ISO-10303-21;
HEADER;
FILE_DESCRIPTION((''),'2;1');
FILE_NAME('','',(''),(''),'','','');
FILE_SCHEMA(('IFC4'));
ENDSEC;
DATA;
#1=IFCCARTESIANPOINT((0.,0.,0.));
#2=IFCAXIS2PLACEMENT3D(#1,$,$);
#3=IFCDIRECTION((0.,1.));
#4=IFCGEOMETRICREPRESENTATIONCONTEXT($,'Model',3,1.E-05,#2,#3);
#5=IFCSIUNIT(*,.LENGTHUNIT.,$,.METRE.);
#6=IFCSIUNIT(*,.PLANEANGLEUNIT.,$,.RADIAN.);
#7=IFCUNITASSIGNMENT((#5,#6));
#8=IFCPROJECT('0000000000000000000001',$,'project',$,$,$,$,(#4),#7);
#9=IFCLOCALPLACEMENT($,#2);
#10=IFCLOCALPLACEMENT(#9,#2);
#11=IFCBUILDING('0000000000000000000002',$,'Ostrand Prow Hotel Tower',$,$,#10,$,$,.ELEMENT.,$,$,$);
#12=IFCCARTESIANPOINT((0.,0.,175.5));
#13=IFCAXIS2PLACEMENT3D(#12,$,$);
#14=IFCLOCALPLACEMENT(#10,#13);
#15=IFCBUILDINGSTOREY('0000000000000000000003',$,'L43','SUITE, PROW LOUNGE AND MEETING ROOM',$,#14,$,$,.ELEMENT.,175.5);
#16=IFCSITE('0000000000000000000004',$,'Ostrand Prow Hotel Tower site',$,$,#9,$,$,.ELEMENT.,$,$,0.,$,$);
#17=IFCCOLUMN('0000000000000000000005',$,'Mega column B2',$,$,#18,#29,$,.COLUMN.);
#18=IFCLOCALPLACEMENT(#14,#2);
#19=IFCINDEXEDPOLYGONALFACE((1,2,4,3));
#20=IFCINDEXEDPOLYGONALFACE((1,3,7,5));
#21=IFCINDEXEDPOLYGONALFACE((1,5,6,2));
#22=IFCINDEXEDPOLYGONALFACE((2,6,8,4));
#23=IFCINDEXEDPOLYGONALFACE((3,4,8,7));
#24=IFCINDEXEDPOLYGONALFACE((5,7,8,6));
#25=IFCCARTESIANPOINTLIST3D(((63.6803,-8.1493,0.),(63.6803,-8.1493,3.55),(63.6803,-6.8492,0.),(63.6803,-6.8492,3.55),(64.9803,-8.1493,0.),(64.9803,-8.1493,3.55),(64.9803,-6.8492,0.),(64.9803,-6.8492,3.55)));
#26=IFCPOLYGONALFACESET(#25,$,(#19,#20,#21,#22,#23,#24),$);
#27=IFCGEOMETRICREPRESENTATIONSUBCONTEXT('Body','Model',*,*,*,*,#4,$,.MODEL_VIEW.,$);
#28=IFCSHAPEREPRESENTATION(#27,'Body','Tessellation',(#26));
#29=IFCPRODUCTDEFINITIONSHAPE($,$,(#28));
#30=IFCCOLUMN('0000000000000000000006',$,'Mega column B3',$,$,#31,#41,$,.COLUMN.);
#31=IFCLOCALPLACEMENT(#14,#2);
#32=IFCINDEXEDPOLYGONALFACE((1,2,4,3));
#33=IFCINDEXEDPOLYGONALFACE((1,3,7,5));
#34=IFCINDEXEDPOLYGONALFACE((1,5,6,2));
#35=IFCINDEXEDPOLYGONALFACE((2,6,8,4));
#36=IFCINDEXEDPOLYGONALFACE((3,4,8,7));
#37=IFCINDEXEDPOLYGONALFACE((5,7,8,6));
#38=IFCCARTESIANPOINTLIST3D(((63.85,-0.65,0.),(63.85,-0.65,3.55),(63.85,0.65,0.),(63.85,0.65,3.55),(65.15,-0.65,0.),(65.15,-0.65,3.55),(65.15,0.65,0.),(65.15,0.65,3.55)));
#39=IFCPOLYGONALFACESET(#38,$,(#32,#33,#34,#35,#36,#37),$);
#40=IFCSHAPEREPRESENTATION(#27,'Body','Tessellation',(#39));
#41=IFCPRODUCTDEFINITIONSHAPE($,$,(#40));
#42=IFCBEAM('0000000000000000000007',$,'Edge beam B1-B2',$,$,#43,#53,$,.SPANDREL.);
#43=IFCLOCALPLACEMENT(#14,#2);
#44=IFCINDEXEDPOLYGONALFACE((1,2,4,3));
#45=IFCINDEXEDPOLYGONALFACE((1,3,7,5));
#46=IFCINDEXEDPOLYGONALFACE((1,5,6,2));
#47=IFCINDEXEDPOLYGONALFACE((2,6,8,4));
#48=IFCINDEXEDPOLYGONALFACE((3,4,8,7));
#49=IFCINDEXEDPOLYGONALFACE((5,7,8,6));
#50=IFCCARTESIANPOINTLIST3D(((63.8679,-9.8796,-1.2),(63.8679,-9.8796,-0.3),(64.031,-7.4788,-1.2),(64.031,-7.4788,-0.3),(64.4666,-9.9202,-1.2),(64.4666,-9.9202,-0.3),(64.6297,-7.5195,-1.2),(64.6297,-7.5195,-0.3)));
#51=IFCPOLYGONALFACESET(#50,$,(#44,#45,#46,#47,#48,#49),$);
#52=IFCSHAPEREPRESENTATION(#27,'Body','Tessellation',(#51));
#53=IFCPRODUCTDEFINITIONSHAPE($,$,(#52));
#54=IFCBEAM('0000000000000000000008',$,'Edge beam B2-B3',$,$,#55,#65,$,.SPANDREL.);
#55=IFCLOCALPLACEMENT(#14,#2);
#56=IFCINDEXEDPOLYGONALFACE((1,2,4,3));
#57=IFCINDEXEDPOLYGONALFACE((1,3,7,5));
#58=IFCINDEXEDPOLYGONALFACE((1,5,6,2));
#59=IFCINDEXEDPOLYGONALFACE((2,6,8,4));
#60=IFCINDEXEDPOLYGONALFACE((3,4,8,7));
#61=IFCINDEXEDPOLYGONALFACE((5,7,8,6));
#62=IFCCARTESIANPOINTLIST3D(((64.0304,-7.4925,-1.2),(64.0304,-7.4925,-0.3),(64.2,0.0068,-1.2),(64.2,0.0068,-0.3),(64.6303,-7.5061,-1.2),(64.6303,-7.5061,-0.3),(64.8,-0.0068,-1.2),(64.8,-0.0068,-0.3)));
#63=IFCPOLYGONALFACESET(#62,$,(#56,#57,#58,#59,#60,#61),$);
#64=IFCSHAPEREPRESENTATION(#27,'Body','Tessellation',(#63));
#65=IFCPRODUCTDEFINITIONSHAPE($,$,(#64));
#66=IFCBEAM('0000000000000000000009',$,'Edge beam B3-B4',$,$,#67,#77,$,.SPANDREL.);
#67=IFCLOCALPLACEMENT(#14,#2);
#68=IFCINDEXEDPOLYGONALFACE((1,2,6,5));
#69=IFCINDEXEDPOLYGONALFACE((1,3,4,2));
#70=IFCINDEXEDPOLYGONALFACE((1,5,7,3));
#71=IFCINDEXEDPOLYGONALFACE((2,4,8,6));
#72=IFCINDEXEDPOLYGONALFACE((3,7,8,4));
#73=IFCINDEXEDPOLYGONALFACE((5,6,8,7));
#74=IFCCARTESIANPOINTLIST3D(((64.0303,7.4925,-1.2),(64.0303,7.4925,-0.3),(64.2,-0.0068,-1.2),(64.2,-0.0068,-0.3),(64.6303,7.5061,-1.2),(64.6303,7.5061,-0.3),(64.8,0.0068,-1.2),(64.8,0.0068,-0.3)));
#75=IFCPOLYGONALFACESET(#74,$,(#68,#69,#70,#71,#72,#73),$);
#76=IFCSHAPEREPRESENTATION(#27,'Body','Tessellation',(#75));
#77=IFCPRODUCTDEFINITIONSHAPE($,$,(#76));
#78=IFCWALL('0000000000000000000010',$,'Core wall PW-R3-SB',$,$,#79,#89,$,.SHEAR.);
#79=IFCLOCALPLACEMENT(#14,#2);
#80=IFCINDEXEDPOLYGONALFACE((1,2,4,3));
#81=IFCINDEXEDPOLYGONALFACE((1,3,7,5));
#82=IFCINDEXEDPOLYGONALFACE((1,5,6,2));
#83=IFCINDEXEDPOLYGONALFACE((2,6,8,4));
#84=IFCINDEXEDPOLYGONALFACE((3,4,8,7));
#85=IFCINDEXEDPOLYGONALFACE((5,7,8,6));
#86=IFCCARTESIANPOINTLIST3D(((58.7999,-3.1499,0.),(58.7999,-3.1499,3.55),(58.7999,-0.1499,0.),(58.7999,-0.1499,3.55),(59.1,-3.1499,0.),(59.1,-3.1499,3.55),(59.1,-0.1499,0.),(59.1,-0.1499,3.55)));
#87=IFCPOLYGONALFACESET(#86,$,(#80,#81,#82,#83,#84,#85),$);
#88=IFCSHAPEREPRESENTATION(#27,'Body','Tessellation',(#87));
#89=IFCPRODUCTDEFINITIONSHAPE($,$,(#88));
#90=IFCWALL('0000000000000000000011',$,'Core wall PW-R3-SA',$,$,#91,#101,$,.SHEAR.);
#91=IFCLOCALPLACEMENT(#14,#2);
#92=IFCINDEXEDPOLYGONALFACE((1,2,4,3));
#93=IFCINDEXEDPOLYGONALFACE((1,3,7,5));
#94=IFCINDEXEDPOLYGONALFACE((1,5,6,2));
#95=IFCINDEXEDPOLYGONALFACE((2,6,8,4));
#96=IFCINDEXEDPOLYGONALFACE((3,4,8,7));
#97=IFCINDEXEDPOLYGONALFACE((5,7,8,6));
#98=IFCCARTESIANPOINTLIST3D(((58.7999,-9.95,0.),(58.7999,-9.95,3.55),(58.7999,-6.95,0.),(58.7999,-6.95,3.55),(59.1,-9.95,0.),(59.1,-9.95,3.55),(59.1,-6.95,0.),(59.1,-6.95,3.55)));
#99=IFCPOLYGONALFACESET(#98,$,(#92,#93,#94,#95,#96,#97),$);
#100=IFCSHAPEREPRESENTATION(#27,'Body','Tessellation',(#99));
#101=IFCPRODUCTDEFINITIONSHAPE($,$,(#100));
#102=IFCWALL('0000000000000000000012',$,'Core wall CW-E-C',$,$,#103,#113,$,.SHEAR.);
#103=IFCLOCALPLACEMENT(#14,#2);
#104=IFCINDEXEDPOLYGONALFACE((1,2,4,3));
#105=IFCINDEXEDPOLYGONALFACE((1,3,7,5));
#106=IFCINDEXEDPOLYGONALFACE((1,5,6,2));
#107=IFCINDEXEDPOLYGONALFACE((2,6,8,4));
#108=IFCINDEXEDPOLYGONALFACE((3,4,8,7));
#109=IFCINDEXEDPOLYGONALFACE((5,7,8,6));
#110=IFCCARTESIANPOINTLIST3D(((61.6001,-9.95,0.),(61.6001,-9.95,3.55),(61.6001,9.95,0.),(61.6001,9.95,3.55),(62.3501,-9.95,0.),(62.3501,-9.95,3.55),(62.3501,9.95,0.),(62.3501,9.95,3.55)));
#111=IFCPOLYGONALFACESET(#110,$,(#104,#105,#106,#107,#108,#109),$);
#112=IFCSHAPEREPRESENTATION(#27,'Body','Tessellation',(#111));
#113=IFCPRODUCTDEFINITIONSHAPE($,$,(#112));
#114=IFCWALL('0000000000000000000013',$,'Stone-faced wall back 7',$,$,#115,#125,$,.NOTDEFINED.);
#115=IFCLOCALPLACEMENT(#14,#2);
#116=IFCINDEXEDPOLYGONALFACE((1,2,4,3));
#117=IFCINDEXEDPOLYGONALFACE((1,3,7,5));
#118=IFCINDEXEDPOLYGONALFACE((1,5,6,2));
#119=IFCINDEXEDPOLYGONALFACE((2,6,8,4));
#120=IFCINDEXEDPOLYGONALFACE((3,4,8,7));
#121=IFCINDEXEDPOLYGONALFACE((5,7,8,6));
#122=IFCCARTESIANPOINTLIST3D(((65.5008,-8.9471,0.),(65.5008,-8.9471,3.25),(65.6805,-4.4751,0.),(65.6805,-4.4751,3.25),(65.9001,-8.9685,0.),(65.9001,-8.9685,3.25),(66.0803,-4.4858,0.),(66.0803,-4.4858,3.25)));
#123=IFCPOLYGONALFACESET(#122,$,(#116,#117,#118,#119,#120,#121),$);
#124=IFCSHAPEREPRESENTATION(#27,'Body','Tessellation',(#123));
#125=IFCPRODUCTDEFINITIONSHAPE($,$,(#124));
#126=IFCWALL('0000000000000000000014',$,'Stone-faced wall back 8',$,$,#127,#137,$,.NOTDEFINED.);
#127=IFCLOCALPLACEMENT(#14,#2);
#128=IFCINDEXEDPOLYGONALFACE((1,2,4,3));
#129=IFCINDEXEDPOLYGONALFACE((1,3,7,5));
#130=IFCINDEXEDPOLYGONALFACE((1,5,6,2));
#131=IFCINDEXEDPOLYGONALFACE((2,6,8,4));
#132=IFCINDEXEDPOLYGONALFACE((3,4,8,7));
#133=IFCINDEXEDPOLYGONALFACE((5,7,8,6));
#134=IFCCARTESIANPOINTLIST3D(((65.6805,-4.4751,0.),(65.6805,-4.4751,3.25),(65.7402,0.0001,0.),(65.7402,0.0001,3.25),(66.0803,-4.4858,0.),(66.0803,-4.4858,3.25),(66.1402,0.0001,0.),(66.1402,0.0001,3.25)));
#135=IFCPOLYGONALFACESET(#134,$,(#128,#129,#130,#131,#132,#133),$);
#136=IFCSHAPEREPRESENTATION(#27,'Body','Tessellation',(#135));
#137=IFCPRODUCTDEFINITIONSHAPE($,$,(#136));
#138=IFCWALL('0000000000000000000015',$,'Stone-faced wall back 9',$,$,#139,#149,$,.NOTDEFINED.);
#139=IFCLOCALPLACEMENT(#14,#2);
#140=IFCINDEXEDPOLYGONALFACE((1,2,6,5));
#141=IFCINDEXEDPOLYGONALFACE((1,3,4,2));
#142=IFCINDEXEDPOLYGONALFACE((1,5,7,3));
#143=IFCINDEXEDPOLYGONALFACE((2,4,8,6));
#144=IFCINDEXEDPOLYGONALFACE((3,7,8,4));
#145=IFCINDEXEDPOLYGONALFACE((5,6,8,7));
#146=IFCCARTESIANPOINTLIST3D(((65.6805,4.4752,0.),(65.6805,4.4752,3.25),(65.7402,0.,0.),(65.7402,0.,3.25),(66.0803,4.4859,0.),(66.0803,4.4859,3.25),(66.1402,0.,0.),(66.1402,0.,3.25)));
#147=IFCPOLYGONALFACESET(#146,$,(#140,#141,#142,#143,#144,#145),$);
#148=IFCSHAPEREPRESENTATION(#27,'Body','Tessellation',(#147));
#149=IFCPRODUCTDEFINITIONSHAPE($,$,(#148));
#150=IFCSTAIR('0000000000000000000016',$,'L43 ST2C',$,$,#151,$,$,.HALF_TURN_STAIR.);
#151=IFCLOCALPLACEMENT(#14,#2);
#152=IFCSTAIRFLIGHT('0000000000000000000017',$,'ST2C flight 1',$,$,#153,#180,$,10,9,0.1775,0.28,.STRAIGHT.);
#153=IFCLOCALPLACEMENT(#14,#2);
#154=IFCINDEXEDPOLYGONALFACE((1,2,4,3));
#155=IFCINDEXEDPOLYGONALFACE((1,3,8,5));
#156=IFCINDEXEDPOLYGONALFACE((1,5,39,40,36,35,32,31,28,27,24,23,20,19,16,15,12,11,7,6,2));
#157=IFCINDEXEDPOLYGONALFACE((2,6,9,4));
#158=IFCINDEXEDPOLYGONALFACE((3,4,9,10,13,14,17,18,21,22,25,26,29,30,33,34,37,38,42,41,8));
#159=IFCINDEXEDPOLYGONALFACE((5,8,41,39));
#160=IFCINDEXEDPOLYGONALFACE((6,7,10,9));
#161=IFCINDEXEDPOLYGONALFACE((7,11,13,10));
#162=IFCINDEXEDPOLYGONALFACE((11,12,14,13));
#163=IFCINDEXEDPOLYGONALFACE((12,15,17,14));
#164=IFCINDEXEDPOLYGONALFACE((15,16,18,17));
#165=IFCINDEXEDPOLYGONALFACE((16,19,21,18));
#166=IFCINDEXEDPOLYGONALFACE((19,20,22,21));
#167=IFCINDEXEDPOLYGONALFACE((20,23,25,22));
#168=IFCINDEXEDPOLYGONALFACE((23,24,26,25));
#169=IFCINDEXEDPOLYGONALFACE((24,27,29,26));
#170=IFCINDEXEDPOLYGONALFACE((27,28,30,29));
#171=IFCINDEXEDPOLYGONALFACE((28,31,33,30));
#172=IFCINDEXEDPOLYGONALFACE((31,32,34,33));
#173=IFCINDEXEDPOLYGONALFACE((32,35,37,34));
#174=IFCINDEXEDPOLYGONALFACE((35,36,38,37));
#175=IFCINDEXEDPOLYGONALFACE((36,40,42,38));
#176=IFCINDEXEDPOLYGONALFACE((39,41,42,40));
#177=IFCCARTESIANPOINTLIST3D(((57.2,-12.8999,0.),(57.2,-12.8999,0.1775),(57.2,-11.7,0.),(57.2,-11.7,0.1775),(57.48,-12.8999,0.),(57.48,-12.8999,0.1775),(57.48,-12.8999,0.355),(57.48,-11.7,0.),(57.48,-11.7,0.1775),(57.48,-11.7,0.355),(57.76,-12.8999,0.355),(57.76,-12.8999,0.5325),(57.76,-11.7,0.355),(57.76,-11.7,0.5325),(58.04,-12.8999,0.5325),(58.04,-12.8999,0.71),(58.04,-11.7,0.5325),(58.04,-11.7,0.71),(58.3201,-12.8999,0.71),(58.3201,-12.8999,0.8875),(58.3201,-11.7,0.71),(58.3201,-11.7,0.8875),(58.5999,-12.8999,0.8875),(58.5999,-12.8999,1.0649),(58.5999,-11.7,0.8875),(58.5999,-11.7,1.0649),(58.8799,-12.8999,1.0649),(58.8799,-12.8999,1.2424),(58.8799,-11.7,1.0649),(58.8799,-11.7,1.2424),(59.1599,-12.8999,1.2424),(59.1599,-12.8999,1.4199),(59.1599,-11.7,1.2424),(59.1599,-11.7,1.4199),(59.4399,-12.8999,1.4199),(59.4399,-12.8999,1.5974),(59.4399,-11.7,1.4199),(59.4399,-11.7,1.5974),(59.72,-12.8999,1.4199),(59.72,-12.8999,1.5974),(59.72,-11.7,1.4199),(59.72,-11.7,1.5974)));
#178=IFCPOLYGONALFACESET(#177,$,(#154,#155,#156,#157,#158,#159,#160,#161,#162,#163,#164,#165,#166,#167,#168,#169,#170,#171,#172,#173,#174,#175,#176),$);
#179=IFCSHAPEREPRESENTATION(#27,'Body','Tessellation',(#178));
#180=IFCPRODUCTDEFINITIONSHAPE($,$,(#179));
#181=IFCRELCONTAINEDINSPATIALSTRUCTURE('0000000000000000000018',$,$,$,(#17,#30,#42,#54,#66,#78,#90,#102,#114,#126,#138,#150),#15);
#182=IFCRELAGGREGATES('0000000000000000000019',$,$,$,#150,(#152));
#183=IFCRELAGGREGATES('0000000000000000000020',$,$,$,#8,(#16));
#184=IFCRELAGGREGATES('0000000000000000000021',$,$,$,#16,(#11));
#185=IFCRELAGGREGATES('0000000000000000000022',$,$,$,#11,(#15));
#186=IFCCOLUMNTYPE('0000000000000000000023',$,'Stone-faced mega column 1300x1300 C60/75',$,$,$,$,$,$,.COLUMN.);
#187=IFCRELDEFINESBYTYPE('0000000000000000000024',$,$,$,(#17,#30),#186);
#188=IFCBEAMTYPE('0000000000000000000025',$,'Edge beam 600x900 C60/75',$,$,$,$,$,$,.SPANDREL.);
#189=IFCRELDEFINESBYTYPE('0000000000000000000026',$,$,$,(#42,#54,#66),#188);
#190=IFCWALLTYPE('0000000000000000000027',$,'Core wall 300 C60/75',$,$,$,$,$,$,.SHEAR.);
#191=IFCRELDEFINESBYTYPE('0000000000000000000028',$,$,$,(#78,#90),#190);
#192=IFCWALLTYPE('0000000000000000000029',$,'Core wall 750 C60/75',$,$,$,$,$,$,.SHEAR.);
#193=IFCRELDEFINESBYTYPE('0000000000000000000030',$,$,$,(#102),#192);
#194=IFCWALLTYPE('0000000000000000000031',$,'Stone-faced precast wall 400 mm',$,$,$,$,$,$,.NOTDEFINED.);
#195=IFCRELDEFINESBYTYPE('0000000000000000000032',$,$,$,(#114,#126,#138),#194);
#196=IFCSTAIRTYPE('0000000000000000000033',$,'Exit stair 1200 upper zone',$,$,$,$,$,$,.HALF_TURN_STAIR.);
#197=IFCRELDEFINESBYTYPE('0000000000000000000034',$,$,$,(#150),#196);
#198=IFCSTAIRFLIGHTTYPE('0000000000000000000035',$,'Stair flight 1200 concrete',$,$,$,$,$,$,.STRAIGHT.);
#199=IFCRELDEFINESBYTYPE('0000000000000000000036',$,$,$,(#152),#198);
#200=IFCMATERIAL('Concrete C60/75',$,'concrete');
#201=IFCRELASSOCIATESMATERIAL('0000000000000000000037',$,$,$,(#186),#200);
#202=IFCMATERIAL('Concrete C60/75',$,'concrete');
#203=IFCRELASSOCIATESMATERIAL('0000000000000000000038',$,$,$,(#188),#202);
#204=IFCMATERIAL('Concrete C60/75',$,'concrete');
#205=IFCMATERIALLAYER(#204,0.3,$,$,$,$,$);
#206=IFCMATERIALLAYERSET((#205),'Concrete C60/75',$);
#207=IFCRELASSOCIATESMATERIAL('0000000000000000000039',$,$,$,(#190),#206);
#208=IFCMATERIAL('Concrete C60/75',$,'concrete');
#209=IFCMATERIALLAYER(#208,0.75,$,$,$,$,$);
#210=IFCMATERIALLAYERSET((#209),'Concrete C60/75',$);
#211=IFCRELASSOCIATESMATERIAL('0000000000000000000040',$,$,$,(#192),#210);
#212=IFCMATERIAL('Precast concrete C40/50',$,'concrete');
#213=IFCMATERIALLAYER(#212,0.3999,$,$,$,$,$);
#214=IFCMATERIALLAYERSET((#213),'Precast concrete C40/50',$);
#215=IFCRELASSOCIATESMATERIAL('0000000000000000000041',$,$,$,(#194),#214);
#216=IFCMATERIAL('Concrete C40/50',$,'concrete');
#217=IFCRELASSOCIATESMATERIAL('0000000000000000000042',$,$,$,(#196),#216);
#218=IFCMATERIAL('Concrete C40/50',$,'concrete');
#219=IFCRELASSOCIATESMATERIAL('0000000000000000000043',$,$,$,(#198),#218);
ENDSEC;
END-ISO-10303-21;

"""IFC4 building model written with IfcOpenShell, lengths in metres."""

from ifc_helpers import new_model, si_unit, direction, frame, frame_2d, origin, origin_2d, place, context, subcontext, project, spatial, polyline, rectangle, outline, extrude, material, layer, layer_set, material_profile, profile_set, type_object, element, aggregate, save


model = new_model("IFC4")

# Units and contexts
model_context = context("Model", 3, precision=1e-05, world=origin(), true_north=direction((0.0, 1.0)))
body_context = subcontext(model_context, "Body", "Model", "MODEL_VIEW")
ifc_project = project(units=[si_unit("LENGTHUNIT", "METRE"), si_unit("PLANEANGLEUNIT", "RADIAN")], contexts=[model_context])

# Site, building, storey
site_placement = place(None, origin())
site = spatial("IfcSite", under=ifc_project, at=site_placement, Name="Ostrand Prow Hotel Tower site", CompositionType="ELEMENT", RefElevation=0.0)
building_placement = place(site_placement, origin())
building = spatial("IfcBuilding", under=site, at=building_placement, Name="Ostrand Prow Hotel Tower", CompositionType="ELEMENT")
storey_placement = place(building_placement, frame((0.0, 0.0, 175.5)))
storey = spatial("IfcBuildingStorey", under=building, at=storey_placement, Name="L43", Description="SUITE, PROW LOUNGE AND MEETING ROOM", CompositionType="ELEMENT", Elevation=175.5)

# Columns
ifc_material_1 = material(Name="Concrete C60/75", Category="concrete")
ifc_material_profile_1 = material_profile(ifc_material_1, rectangle(XDim=1.3, YDim=1.3, at=origin_2d()), Name="RC 1300x1300")
ifc_profile_set_1 = profile_set([ifc_material_profile_1], Name="Concrete C60/75")
column_type = type_object("IfcColumnType", Name="Stone-faced mega column 1300x1300 C60/75", PredefinedType="COLUMN", material=ifc_profile_set_1)
for number, where, z_axis, x_axis, name in (
    (1, (64.3303, -7.4993, 0.0), (0.0, 0.0, 1.0), (1.0, 0.0, 0.0), "Mega column B2"),
    (2, (64.5, 0.0, 0.0), (0.0, 0.0, 1.0), (1.0, 0.0, 0.0), "Mega column B3"),
):
    element("IfcColumn", number, at=place(storey_placement, frame(where, z_axis=z_axis, x_axis=x_axis)), inside=storey, type_object=column_type, Name=name, PredefinedType="COLUMN", context=body_context, shape_type="SweptSolid", body=[
        extrude(rectangle(XDim=1.3, YDim=1.3, at=origin_2d()), origin(), (0.0, 0.0, 1.0), 3.55),
    ])

# Beams
ifc_material_2 = material(Name="Concrete C60/75", Category="concrete")
ifc_material_profile_2 = material_profile(ifc_material_2, rectangle(XDim=0.6001, YDim=0.8999, at=origin_2d()), Name="RC 600x900")
ifc_profile_set_2 = profile_set([ifc_material_profile_2], Name="Concrete C60/75")
beam_type = type_object("IfcBeamType", Name="Edge beam 600x900 C60/75", PredefinedType="SPANDREL", material=ifc_profile_set_2)
beam_placement = place(storey_placement, frame((64.1672, -9.8999, -0.75), z_axis=(0.067778, 0.9977, 0.0), x_axis=(-0.9977, 0.067778, 0.0)))
element("IfcBeam", 3, at=beam_placement, inside=storey, type_object=beam_type, Name="Edge beam B1-B2", PredefinedType="SPANDREL", context=body_context, shape_type="SweptSolid", body=[
    extrude(rectangle(XDim=0.6001, YDim=0.8999, at=origin_2d()), origin(), (0.0, 0.0, 1.0), 2.4062),
])
for number, where, z_axis, x_axis, name in (
    (4, (64.3303, -7.4993, -0.75), (0.02262, 0.999744, 0.0), (-0.999744, 0.02262, 0.0), "Edge beam B2-B3"),
    (5, (64.5, 0.0, -0.75), (-0.02262, 0.999744, 0.0), (-0.999744, -0.02262, 0.0), "Edge beam B3-B4"),
):
    element("IfcBeam", number, at=place(storey_placement, frame(where, z_axis=z_axis, x_axis=x_axis)), inside=storey, type_object=beam_type, Name=name, PredefinedType="SPANDREL", context=body_context, shape_type="SweptSolid", body=[
        extrude(rectangle(XDim=0.6001, YDim=0.8999, at=origin_2d()), origin(), (0.0, 0.0, 1.0), 7.5012),
    ])

# Walls
ifc_material_3 = material(Name="Concrete C60/75", Category="concrete")
ifc_layer_1 = layer(ifc_material_3, 0.3)
ifc_layer_set_1 = layer_set([ifc_layer_1], Name="Concrete C60/75")
wall_type_1 = type_object("IfcWallType", Name="Core wall 300 C60/75", PredefinedType="SHEAR", material=ifc_layer_set_1)
for number, where, z_axis, x_axis, name in (
    (6, (58.95, -3.1499, 0.0), (0.0, 0.0, 1.0), (0.0, 1.0, 0.0), "Core wall PW-R3-SB"),
    (7, (58.95, -9.95, 0.0), (0.0, 0.0, 1.0), (0.0, 1.0, 0.0), "Core wall PW-R3-SA"),
):
    element("IfcWall", number, at=place(storey_placement, frame(where, z_axis=z_axis, x_axis=x_axis)), inside=storey, type_object=wall_type_1, Name=name, PredefinedType="SHEAR", context=body_context, shape_type="SweptSolid", body=[
        extrude(rectangle(XDim=3.0, YDim=0.3, at=frame_2d((1.5, 0.0))), origin(), (0.0, 0.0, 1.0), 3.55),
    ])
ifc_material_4 = material(Name="Concrete C60/75", Category="concrete")
ifc_layer_2 = layer(ifc_material_4, 0.75)
ifc_layer_set_2 = layer_set([ifc_layer_2], Name="Concrete C60/75")
wall_type_2 = type_object("IfcWallType", Name="Core wall 750 C60/75", PredefinedType="SHEAR", material=ifc_layer_set_2)
wall_placement = place(storey_placement, frame((61.9751, -9.95, 0.0), z_axis=(0.0, 0.0, 1.0), x_axis=(0.0, 1.0, 0.0)))
element("IfcWall", 8, at=wall_placement, inside=storey, type_object=wall_type_2, Name="Core wall CW-E-C", PredefinedType="SHEAR", context=body_context, shape_type="SweptSolid", body=[
    extrude(rectangle(XDim=19.8999, YDim=0.75, at=frame_2d((9.95, 0.0))), origin(), (0.0, 0.0, 1.0), 3.55),
])
ifc_material_5 = material(Name="Precast concrete C40/50", Category="concrete")
ifc_layer_3 = layer(ifc_material_5, 0.3999)
ifc_layer_set_3 = layer_set([ifc_layer_3], Name="Precast concrete C40/50")
wall_type_3 = type_object("IfcWallType", Name="Stone-faced precast wall 400 mm", PredefinedType="NOTDEFINED", material=ifc_layer_set_3)
for number, where, z_axis, x_axis, name in (
    (9, (65.7004, -8.9578, 0.0), (0.0, 0.0, 1.0), (0.040155, 0.999193, 0.0), "Stone-faced wall back 7"),
    (10, (65.8804, -4.4805, 0.0), (0.0, 0.0, 1.0), (0.013349, 0.999911, 0.0), "Stone-faced wall back 8"),
    (11, (65.9402, 0.0, 0.0), (0.0, 0.0, 1.0), (-0.013349, 0.999911, 0.0), "Stone-faced wall back 9"),
):
    element("IfcWall", number, at=place(storey_placement, frame(where, z_axis=z_axis, x_axis=x_axis)), inside=storey, type_object=wall_type_3, Name=name, PredefinedType="NOTDEFINED", context=body_context, shape_type="SweptSolid", body=[
        extrude(outline(polyline([(-0.0027, -0.2), (4.4836, -0.2), (4.4783, 0.2), (0.0027, 0.2), (-0.0027, -0.2)])), origin(), (0.0, 0.0, 1.0), 3.25),
    ])

# Stair, stair flight
ifc_material_6 = material(Name="Concrete C40/50", Category="concrete")
stair_type = type_object("IfcStairType", Name="Exit stair 1200 upper zone", PredefinedType="HALF_TURN_STAIR", material=ifc_material_6)
stair_placement = place(storey_placement, origin())
stair = element("IfcStair", 12, at=stair_placement, inside=storey, type_object=stair_type, Name="L43 ST2C", PredefinedType="HALF_TURN_STAIR")
ifc_material_7 = material(Name="Concrete C40/50", Category="concrete")
stair_flight_type = type_object("IfcStairFlightType", Name="Stair flight 1200 concrete", PredefinedType="STRAIGHT", material=ifc_material_7)
stair_flight_1_placement = place(storey_placement, frame((57.2, -12.3, 0.0), z_axis=(0.0, 0.0, 1.0), x_axis=(1.0, 0.0, 0.0)))
stair_flight_1 = element("IfcStairFlight", 13, at=stair_flight_1_placement, type_object=stair_flight_type, Name="ST2C flight 1", NumberOfRisers=10, NumberOfTreads=9, PredefinedType="STRAIGHT", RiserHeight=0.1775, TreadLength=0.28, context=body_context, shape_type="SweptSolid", body=[
    extrude(outline(polyline([(0.0, 0.0), (0.0, 0.1775), (0.28, 0.1775), (0.28, 0.355), (0.5601, 0.355), (0.5601, 0.5325), (0.8401, 0.5325), (0.8401, 0.71), (1.1201, 0.71), (1.1201, 0.8875), (1.3999, 0.8875), (1.3999, 1.0649), (1.6799, 1.0649), (1.6799, 1.2424), (1.96, 1.2424), (1.96, 1.4199), (2.24, 1.4199), (2.24, 1.5974), (2.52, 1.5974), (2.52, 1.7749), (2.52, 1.4199), (0.28, 0.0), (0.0, 0.0)])), frame((0.0, 0.6001, 0.0), z_axis=(0.0, -1.0, 0.0), x_axis=(1.0, 0.0, 0.0)), (0.0, 0.0, 1.0), 1.2),
])
aggregate(stair, [stair_flight_1])

save(model, "model.ifc")
